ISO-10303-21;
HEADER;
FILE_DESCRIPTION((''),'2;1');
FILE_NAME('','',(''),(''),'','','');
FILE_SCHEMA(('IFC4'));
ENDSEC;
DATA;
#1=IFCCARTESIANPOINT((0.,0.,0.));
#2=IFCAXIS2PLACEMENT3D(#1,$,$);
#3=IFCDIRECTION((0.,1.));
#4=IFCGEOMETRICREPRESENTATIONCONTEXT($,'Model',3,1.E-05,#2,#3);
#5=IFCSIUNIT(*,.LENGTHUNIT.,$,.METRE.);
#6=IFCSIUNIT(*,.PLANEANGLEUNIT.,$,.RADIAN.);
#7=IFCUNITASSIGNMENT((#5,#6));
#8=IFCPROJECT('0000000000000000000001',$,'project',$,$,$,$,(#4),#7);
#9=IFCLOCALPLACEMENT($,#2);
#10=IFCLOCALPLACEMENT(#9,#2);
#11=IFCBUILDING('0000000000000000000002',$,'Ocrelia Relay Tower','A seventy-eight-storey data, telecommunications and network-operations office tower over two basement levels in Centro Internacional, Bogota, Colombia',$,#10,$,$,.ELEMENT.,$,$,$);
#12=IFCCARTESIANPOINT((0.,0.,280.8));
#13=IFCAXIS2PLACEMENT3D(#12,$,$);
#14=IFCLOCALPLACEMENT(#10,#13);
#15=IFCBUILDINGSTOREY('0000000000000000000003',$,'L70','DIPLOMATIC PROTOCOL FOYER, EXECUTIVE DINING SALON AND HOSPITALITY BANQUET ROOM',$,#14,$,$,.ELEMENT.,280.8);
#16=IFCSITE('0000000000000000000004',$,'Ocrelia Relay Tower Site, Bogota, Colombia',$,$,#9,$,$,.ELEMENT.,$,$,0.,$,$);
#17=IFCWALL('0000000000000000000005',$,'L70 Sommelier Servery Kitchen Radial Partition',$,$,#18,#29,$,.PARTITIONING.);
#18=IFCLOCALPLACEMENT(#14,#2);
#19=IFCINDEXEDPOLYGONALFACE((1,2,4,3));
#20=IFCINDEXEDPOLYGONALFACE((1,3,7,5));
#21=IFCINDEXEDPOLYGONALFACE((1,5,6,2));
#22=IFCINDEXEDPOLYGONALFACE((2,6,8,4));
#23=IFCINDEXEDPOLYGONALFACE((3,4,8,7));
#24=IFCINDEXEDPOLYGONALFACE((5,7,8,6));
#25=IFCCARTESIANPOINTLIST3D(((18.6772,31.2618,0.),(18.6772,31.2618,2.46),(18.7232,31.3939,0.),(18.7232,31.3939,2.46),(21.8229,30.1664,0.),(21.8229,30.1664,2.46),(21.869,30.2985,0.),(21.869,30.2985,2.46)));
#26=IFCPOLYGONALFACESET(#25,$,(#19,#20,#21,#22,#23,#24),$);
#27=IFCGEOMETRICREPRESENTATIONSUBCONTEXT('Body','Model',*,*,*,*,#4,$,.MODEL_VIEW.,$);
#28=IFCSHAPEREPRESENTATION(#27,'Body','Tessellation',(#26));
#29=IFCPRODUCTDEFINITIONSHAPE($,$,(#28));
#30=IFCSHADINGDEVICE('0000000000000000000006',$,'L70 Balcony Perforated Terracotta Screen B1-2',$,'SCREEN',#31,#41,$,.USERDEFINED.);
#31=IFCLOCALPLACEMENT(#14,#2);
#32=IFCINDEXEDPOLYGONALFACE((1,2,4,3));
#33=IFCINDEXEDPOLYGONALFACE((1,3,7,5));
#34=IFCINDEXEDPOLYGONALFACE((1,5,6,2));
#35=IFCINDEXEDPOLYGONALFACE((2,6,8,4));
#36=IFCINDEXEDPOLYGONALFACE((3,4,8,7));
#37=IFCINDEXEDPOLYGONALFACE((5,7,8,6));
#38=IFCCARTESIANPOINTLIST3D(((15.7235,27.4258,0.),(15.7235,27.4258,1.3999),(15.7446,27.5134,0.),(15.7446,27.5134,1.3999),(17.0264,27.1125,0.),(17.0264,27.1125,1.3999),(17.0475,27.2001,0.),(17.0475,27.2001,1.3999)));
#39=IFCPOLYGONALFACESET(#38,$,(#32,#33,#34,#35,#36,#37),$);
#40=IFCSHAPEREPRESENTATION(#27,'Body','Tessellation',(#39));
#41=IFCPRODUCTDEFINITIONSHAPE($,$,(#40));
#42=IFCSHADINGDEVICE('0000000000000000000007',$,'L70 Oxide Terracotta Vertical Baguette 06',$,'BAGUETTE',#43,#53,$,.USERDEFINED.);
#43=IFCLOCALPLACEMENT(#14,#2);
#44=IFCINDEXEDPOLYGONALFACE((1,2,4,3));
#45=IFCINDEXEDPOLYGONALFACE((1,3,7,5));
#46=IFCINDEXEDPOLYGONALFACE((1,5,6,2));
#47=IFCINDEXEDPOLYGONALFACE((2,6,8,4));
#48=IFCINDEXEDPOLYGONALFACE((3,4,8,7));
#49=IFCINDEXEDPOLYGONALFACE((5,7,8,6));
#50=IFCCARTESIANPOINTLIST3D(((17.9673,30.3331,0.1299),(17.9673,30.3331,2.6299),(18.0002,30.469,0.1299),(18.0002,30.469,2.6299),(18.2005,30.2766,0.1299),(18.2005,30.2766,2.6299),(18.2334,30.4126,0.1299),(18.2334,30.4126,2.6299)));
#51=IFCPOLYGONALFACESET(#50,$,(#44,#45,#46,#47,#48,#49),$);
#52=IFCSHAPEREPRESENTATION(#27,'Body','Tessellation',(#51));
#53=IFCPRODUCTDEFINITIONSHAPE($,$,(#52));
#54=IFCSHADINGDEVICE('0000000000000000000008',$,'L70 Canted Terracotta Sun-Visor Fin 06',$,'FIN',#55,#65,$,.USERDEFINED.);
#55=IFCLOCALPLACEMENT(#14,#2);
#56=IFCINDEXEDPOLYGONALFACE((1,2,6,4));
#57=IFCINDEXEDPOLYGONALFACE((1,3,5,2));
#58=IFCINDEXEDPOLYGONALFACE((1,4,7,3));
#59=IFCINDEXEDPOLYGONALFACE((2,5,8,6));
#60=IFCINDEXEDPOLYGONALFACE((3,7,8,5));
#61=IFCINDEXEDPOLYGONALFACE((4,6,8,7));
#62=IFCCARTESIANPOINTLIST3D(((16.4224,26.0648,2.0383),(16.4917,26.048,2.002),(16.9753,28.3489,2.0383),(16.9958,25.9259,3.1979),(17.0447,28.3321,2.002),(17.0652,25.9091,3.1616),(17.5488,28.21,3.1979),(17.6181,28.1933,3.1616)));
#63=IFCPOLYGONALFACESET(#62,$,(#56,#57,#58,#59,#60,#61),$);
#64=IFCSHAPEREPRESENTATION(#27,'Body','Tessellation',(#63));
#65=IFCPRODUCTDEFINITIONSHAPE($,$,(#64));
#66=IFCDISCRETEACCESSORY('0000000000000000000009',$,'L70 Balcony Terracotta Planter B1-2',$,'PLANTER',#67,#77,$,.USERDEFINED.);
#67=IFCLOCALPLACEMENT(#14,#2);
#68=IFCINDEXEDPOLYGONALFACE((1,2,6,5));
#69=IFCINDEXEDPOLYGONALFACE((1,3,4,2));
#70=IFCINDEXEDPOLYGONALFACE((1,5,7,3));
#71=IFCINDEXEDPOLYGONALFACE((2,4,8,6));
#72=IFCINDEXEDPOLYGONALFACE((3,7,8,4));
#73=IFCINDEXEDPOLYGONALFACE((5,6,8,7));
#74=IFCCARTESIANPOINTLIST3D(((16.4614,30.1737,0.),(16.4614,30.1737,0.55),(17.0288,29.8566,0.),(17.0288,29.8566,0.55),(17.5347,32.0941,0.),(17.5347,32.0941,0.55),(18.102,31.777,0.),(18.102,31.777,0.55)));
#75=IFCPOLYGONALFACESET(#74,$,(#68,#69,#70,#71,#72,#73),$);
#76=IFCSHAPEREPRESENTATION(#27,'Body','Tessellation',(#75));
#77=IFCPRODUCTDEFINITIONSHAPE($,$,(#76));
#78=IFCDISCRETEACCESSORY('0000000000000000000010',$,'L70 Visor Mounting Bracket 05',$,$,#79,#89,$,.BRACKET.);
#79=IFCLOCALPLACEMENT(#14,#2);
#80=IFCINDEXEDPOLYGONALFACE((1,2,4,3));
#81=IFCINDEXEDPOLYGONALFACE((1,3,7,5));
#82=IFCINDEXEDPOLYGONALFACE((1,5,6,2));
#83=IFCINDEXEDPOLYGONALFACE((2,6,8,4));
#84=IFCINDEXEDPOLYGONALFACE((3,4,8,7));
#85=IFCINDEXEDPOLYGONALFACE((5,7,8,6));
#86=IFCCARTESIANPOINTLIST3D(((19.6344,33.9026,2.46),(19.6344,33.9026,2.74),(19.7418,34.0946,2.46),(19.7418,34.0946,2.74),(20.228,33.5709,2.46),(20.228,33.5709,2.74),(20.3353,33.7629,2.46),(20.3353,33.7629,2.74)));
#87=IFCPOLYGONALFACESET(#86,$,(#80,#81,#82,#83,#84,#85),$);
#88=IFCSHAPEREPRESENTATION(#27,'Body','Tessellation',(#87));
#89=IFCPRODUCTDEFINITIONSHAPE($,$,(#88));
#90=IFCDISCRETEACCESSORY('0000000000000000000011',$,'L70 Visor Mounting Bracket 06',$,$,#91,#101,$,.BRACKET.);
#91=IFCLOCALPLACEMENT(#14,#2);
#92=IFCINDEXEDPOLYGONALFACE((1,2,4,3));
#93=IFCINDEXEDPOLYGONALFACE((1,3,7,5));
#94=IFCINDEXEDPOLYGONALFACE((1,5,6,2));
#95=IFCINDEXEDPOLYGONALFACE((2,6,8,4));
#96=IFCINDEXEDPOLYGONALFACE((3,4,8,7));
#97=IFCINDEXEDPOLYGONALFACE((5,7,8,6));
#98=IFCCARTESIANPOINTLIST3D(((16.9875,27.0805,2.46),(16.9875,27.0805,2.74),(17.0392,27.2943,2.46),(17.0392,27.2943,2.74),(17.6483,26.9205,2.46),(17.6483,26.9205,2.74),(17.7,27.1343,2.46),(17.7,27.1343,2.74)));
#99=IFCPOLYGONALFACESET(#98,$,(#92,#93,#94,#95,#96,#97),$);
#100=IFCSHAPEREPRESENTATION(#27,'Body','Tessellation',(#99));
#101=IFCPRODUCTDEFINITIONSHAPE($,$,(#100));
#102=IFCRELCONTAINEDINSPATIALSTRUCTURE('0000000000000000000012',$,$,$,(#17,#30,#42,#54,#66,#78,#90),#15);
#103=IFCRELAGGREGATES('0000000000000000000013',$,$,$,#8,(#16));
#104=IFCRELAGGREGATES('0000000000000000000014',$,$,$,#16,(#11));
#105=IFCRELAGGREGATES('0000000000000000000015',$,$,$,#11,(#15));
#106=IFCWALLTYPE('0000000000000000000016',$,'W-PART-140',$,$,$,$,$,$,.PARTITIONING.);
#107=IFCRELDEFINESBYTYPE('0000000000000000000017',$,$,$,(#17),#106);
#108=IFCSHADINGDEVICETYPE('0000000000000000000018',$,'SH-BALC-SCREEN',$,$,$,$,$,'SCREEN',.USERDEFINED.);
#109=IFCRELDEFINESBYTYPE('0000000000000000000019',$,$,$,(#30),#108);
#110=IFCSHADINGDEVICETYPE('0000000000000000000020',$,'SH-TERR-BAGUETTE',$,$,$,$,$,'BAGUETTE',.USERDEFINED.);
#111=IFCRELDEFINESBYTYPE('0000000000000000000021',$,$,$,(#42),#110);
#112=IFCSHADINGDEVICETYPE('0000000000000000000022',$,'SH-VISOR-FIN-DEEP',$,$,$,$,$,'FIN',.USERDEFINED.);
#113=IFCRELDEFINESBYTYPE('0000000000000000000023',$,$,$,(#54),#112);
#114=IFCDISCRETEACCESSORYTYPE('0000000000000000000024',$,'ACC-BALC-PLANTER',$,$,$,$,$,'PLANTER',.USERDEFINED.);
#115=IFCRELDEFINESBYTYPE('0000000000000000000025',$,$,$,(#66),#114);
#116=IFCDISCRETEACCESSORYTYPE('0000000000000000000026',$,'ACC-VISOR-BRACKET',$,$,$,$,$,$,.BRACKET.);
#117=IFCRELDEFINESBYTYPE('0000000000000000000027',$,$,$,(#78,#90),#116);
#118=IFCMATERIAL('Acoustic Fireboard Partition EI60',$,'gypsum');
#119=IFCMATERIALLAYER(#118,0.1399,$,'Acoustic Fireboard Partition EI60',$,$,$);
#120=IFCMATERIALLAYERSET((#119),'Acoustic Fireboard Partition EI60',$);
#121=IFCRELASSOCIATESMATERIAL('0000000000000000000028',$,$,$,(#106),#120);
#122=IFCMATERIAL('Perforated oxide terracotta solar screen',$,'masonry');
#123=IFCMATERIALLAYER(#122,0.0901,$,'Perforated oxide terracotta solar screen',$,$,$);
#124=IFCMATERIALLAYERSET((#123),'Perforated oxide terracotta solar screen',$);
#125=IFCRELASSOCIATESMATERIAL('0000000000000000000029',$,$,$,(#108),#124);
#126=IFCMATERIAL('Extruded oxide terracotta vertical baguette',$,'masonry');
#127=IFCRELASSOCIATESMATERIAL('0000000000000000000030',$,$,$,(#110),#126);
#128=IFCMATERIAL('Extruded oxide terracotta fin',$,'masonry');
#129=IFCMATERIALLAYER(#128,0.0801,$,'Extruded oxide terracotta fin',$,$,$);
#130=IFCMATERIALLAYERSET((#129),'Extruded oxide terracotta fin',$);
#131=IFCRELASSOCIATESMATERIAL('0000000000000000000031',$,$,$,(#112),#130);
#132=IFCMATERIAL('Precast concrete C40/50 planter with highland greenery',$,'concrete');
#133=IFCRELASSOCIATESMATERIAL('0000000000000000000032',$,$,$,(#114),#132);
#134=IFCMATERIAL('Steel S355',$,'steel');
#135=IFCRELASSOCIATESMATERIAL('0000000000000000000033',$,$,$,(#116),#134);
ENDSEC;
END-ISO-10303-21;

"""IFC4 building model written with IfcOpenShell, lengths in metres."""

from ifc_helpers import new_model, si_unit, direction, frame, frame_2d, origin, origin_2d, place, context, subcontext, project, spatial, rectangle, extrude, material, layer, layer_set, type_object, element, save


model = new_model("IFC4")

# Units and contexts
model_context = context("Model", 3, precision=1e-05, world=origin(), true_north=direction((0.0, 1.0)))
body_context = subcontext(model_context, "Body", "Model", "MODEL_VIEW")
ifc_project = project(units=[si_unit("LENGTHUNIT", "METRE"), si_unit("PLANEANGLEUNIT", "RADIAN")], contexts=[model_context])

# Site, building, storey
site_placement = place(None, origin())
site = spatial("IfcSite", under=ifc_project, at=site_placement, Name="Ocrelia Relay Tower Site, Bogota, Colombia", CompositionType="ELEMENT", RefElevation=0.0)
building_placement = place(site_placement, origin())
building = spatial("IfcBuilding", under=site, at=building_placement, Name="Ocrelia Relay Tower", Description="A seventy-eight-storey data, telecommunications and network-operations office tower over two basement levels in Centro Internacional, Bogota, Colombia", CompositionType="ELEMENT")
storey_placement = place(building_placement, frame((0.0, 0.0, 280.8)))
storey = spatial("IfcBuildingStorey", under=building, at=storey_placement, Name="L70", Description="DIPLOMATIC PROTOCOL FOYER, EXECUTIVE DINING SALON AND HOSPITALITY BANQUET ROOM", CompositionType="ELEMENT", Elevation=280.8)

# Shared definitions
ifc_material_1 = material(Name="Steel S355", Category="steel")

# Wall
ifc_material_2 = material(Name="Acoustic Fireboard Partition EI60", Category="gypsum")
ifc_layer_1 = layer(ifc_material_2, 0.1399, Name="Acoustic Fireboard Partition EI60")
ifc_layer_set_1 = layer_set([ifc_layer_1], Name="Acoustic Fireboard Partition EI60")
wall_type_1 = type_object("IfcWallType", Name="W-PART-140", PredefinedType="PARTITIONING", material=ifc_layer_set_1)
wall_1_placement = place(storey_placement, frame((21.8459, 30.2324, 0.0), z_axis=(0.0, 0.0, 1.0), x_axis=(-0.944377, 0.328865, 0.0)))
element("IfcWall", 1, at=wall_1_placement, inside=storey, type_object=wall_type_1, Name="L70 Sommelier Servery Kitchen Radial Partition", PredefinedType="PARTITIONING", context=body_context, shape_type="SweptSolid", body=[
    extrude(rectangle(XDim=3.3311, YDim=0.1399, at=frame_2d((1.6655, 0.0))), origin(), (0.0, 0.0, 1.0), 2.46),
])

# Shading devices
ifc_material_3 = material(Name="Perforated oxide terracotta solar screen", Category="masonry")
ifc_layer_2 = layer(ifc_material_3, 0.0901, Name="Perforated oxide terracotta solar screen")
ifc_layer_set_2 = layer_set([ifc_layer_2], Name="Perforated oxide terracotta solar screen")
shading_device_type_1 = type_object("IfcShadingDeviceType", Name="SH-BALC-SCREEN", ElementType="SCREEN", PredefinedType="USERDEFINED", material=ifc_layer_set_2)
shading_device_1_placement = place(storey_placement, frame((16.3855, 27.313, 0.0), z_axis=(0.0, 0.0, 1.0), x_axis=(-0.972286, 0.233796, 0.0)))
element("IfcShadingDevice", 2, at=shading_device_1_placement, inside=storey, type_object=shading_device_type_1, Name="L70 Balcony Perforated Terracotta Screen B1-2", ObjectType="SCREEN", PredefinedType="USERDEFINED", context=body_context, shape_type="SweptSolid", body=[
    extrude(rectangle(XDim=1.3401, YDim=0.0901, at=origin_2d()), origin(), (0.0, 0.0, 1.0), 1.3999),
])
ifc_material_4 = material(Name="Extruded oxide terracotta vertical baguette", Category="masonry")
shading_device_type_2 = type_object("IfcShadingDeviceType", Name="SH-TERR-BAGUETTE", ElementType="BAGUETTE", PredefinedType="USERDEFINED", material=ifc_material_4)
shading_device_2_placement = place(storey_placement, frame((18.1003, 30.3728, 0.1299), z_axis=(0.0, 0.0, 1.0), x_axis=(-0.235283, -0.971927, 0.0)))
element("IfcShadingDevice", 3, at=shading_device_2_placement, inside=storey, type_object=shading_device_type_2, Name="L70 Oxide Terracotta Vertical Baguette 06", ObjectType="BAGUETTE", PredefinedType="USERDEFINED", context=body_context, shape_type="SweptSolid", body=[
    extrude(rectangle(XDim=0.1399, YDim=0.24, at=origin_2d()), origin(), (0.0, 0.0, 1.0), 2.5),
])
ifc_material_5 = material(Name="Extruded oxide terracotta fin", Category="masonry")
ifc_layer_3 = layer(ifc_material_5, 0.0801, Name="Extruded oxide terracotta fin")
ifc_layer_set_3 = layer_set([ifc_layer_3], Name="Extruded oxide terracotta fin")
shading_device_type_3 = type_object("IfcShadingDeviceType", Name="SH-VISOR-FIN-DEEP", ElementType="FIN", PredefinedType="USERDEFINED", material=ifc_layer_set_3)
shading_device_3_placement = place(storey_placement, frame((17.0549, 27.1206, 2.5818), z_axis=(-0.866224, 0.209695, 0.453524), x_axis=(-0.235283, -0.971927, 0.0)))
element("IfcShadingDevice", 4, at=shading_device_3_placement, inside=storey, type_object=shading_device_type_3, Name="L70 Canted Terracotta Sun-Visor Fin 06", ObjectType="FIN", PredefinedType="USERDEFINED", context=body_context, shape_type="SweptSolid", body=[
    extrude(rectangle(XDim=2.3501, YDim=1.301, at=origin_2d()), origin(), (0.0, 0.0, 1.0), 0.0801),
])

# Discrete accessories
ifc_material_6 = material(Name="Precast concrete C40/50 planter with highland greenery", Category="concrete")
discrete_accessory_type_1 = type_object("IfcDiscreteAccessoryType", Name="ACC-BALC-PLANTER", ElementType="PLANTER", PredefinedType="USERDEFINED", material=ifc_material_6)
discrete_accessory_placement = place(storey_placement, frame((17.2817, 30.9753, 0.0), z_axis=(0.0, 0.0, 1.0), x_axis=(0.48786, 0.872922, 0.0)))
element("IfcDiscreteAccessory", 5, at=discrete_accessory_placement, inside=storey, type_object=discrete_accessory_type_1, Name="L70 Balcony Terracotta Planter B1-2", ObjectType="PLANTER", PredefinedType="USERDEFINED", context=body_context, shape_type="SweptSolid", body=[
    extrude(rectangle(XDim=2.2, YDim=0.6499, at=origin_2d()), origin(), (0.0, 0.0, 1.0), 0.55),
])
discrete_accessory_type_2 = type_object("IfcDiscreteAccessoryType", Name="ACC-VISOR-BRACKET", PredefinedType="BRACKET", material=ifc_material_1)
for number, where, z_axis, x_axis, name in (
    (6, (19.9849, 33.8328, 2.46), (0.0, 0.0, 1.0), (-0.487864, -0.87292, 0.0), "L70 Visor Mounting Bracket 05"),
    (7, (17.3438, 27.1074, 2.46), (0.0, 0.0, 1.0), (-0.235283, -0.971927, 0.0), "L70 Visor Mounting Bracket 06"),
):
    element("IfcDiscreteAccessory", number, at=place(storey_placement, frame(where, z_axis=z_axis, x_axis=x_axis)), inside=storey, type_object=discrete_accessory_type_2, Name=name, PredefinedType="BRACKET", context=body_context, shape_type="SweptSolid", body=[
        extrude(rectangle(XDim=0.22, YDim=0.6799, at=origin_2d()), origin(), (0.0, 0.0, 1.0), 0.28),
    ])

save(model, "model.ifc")
